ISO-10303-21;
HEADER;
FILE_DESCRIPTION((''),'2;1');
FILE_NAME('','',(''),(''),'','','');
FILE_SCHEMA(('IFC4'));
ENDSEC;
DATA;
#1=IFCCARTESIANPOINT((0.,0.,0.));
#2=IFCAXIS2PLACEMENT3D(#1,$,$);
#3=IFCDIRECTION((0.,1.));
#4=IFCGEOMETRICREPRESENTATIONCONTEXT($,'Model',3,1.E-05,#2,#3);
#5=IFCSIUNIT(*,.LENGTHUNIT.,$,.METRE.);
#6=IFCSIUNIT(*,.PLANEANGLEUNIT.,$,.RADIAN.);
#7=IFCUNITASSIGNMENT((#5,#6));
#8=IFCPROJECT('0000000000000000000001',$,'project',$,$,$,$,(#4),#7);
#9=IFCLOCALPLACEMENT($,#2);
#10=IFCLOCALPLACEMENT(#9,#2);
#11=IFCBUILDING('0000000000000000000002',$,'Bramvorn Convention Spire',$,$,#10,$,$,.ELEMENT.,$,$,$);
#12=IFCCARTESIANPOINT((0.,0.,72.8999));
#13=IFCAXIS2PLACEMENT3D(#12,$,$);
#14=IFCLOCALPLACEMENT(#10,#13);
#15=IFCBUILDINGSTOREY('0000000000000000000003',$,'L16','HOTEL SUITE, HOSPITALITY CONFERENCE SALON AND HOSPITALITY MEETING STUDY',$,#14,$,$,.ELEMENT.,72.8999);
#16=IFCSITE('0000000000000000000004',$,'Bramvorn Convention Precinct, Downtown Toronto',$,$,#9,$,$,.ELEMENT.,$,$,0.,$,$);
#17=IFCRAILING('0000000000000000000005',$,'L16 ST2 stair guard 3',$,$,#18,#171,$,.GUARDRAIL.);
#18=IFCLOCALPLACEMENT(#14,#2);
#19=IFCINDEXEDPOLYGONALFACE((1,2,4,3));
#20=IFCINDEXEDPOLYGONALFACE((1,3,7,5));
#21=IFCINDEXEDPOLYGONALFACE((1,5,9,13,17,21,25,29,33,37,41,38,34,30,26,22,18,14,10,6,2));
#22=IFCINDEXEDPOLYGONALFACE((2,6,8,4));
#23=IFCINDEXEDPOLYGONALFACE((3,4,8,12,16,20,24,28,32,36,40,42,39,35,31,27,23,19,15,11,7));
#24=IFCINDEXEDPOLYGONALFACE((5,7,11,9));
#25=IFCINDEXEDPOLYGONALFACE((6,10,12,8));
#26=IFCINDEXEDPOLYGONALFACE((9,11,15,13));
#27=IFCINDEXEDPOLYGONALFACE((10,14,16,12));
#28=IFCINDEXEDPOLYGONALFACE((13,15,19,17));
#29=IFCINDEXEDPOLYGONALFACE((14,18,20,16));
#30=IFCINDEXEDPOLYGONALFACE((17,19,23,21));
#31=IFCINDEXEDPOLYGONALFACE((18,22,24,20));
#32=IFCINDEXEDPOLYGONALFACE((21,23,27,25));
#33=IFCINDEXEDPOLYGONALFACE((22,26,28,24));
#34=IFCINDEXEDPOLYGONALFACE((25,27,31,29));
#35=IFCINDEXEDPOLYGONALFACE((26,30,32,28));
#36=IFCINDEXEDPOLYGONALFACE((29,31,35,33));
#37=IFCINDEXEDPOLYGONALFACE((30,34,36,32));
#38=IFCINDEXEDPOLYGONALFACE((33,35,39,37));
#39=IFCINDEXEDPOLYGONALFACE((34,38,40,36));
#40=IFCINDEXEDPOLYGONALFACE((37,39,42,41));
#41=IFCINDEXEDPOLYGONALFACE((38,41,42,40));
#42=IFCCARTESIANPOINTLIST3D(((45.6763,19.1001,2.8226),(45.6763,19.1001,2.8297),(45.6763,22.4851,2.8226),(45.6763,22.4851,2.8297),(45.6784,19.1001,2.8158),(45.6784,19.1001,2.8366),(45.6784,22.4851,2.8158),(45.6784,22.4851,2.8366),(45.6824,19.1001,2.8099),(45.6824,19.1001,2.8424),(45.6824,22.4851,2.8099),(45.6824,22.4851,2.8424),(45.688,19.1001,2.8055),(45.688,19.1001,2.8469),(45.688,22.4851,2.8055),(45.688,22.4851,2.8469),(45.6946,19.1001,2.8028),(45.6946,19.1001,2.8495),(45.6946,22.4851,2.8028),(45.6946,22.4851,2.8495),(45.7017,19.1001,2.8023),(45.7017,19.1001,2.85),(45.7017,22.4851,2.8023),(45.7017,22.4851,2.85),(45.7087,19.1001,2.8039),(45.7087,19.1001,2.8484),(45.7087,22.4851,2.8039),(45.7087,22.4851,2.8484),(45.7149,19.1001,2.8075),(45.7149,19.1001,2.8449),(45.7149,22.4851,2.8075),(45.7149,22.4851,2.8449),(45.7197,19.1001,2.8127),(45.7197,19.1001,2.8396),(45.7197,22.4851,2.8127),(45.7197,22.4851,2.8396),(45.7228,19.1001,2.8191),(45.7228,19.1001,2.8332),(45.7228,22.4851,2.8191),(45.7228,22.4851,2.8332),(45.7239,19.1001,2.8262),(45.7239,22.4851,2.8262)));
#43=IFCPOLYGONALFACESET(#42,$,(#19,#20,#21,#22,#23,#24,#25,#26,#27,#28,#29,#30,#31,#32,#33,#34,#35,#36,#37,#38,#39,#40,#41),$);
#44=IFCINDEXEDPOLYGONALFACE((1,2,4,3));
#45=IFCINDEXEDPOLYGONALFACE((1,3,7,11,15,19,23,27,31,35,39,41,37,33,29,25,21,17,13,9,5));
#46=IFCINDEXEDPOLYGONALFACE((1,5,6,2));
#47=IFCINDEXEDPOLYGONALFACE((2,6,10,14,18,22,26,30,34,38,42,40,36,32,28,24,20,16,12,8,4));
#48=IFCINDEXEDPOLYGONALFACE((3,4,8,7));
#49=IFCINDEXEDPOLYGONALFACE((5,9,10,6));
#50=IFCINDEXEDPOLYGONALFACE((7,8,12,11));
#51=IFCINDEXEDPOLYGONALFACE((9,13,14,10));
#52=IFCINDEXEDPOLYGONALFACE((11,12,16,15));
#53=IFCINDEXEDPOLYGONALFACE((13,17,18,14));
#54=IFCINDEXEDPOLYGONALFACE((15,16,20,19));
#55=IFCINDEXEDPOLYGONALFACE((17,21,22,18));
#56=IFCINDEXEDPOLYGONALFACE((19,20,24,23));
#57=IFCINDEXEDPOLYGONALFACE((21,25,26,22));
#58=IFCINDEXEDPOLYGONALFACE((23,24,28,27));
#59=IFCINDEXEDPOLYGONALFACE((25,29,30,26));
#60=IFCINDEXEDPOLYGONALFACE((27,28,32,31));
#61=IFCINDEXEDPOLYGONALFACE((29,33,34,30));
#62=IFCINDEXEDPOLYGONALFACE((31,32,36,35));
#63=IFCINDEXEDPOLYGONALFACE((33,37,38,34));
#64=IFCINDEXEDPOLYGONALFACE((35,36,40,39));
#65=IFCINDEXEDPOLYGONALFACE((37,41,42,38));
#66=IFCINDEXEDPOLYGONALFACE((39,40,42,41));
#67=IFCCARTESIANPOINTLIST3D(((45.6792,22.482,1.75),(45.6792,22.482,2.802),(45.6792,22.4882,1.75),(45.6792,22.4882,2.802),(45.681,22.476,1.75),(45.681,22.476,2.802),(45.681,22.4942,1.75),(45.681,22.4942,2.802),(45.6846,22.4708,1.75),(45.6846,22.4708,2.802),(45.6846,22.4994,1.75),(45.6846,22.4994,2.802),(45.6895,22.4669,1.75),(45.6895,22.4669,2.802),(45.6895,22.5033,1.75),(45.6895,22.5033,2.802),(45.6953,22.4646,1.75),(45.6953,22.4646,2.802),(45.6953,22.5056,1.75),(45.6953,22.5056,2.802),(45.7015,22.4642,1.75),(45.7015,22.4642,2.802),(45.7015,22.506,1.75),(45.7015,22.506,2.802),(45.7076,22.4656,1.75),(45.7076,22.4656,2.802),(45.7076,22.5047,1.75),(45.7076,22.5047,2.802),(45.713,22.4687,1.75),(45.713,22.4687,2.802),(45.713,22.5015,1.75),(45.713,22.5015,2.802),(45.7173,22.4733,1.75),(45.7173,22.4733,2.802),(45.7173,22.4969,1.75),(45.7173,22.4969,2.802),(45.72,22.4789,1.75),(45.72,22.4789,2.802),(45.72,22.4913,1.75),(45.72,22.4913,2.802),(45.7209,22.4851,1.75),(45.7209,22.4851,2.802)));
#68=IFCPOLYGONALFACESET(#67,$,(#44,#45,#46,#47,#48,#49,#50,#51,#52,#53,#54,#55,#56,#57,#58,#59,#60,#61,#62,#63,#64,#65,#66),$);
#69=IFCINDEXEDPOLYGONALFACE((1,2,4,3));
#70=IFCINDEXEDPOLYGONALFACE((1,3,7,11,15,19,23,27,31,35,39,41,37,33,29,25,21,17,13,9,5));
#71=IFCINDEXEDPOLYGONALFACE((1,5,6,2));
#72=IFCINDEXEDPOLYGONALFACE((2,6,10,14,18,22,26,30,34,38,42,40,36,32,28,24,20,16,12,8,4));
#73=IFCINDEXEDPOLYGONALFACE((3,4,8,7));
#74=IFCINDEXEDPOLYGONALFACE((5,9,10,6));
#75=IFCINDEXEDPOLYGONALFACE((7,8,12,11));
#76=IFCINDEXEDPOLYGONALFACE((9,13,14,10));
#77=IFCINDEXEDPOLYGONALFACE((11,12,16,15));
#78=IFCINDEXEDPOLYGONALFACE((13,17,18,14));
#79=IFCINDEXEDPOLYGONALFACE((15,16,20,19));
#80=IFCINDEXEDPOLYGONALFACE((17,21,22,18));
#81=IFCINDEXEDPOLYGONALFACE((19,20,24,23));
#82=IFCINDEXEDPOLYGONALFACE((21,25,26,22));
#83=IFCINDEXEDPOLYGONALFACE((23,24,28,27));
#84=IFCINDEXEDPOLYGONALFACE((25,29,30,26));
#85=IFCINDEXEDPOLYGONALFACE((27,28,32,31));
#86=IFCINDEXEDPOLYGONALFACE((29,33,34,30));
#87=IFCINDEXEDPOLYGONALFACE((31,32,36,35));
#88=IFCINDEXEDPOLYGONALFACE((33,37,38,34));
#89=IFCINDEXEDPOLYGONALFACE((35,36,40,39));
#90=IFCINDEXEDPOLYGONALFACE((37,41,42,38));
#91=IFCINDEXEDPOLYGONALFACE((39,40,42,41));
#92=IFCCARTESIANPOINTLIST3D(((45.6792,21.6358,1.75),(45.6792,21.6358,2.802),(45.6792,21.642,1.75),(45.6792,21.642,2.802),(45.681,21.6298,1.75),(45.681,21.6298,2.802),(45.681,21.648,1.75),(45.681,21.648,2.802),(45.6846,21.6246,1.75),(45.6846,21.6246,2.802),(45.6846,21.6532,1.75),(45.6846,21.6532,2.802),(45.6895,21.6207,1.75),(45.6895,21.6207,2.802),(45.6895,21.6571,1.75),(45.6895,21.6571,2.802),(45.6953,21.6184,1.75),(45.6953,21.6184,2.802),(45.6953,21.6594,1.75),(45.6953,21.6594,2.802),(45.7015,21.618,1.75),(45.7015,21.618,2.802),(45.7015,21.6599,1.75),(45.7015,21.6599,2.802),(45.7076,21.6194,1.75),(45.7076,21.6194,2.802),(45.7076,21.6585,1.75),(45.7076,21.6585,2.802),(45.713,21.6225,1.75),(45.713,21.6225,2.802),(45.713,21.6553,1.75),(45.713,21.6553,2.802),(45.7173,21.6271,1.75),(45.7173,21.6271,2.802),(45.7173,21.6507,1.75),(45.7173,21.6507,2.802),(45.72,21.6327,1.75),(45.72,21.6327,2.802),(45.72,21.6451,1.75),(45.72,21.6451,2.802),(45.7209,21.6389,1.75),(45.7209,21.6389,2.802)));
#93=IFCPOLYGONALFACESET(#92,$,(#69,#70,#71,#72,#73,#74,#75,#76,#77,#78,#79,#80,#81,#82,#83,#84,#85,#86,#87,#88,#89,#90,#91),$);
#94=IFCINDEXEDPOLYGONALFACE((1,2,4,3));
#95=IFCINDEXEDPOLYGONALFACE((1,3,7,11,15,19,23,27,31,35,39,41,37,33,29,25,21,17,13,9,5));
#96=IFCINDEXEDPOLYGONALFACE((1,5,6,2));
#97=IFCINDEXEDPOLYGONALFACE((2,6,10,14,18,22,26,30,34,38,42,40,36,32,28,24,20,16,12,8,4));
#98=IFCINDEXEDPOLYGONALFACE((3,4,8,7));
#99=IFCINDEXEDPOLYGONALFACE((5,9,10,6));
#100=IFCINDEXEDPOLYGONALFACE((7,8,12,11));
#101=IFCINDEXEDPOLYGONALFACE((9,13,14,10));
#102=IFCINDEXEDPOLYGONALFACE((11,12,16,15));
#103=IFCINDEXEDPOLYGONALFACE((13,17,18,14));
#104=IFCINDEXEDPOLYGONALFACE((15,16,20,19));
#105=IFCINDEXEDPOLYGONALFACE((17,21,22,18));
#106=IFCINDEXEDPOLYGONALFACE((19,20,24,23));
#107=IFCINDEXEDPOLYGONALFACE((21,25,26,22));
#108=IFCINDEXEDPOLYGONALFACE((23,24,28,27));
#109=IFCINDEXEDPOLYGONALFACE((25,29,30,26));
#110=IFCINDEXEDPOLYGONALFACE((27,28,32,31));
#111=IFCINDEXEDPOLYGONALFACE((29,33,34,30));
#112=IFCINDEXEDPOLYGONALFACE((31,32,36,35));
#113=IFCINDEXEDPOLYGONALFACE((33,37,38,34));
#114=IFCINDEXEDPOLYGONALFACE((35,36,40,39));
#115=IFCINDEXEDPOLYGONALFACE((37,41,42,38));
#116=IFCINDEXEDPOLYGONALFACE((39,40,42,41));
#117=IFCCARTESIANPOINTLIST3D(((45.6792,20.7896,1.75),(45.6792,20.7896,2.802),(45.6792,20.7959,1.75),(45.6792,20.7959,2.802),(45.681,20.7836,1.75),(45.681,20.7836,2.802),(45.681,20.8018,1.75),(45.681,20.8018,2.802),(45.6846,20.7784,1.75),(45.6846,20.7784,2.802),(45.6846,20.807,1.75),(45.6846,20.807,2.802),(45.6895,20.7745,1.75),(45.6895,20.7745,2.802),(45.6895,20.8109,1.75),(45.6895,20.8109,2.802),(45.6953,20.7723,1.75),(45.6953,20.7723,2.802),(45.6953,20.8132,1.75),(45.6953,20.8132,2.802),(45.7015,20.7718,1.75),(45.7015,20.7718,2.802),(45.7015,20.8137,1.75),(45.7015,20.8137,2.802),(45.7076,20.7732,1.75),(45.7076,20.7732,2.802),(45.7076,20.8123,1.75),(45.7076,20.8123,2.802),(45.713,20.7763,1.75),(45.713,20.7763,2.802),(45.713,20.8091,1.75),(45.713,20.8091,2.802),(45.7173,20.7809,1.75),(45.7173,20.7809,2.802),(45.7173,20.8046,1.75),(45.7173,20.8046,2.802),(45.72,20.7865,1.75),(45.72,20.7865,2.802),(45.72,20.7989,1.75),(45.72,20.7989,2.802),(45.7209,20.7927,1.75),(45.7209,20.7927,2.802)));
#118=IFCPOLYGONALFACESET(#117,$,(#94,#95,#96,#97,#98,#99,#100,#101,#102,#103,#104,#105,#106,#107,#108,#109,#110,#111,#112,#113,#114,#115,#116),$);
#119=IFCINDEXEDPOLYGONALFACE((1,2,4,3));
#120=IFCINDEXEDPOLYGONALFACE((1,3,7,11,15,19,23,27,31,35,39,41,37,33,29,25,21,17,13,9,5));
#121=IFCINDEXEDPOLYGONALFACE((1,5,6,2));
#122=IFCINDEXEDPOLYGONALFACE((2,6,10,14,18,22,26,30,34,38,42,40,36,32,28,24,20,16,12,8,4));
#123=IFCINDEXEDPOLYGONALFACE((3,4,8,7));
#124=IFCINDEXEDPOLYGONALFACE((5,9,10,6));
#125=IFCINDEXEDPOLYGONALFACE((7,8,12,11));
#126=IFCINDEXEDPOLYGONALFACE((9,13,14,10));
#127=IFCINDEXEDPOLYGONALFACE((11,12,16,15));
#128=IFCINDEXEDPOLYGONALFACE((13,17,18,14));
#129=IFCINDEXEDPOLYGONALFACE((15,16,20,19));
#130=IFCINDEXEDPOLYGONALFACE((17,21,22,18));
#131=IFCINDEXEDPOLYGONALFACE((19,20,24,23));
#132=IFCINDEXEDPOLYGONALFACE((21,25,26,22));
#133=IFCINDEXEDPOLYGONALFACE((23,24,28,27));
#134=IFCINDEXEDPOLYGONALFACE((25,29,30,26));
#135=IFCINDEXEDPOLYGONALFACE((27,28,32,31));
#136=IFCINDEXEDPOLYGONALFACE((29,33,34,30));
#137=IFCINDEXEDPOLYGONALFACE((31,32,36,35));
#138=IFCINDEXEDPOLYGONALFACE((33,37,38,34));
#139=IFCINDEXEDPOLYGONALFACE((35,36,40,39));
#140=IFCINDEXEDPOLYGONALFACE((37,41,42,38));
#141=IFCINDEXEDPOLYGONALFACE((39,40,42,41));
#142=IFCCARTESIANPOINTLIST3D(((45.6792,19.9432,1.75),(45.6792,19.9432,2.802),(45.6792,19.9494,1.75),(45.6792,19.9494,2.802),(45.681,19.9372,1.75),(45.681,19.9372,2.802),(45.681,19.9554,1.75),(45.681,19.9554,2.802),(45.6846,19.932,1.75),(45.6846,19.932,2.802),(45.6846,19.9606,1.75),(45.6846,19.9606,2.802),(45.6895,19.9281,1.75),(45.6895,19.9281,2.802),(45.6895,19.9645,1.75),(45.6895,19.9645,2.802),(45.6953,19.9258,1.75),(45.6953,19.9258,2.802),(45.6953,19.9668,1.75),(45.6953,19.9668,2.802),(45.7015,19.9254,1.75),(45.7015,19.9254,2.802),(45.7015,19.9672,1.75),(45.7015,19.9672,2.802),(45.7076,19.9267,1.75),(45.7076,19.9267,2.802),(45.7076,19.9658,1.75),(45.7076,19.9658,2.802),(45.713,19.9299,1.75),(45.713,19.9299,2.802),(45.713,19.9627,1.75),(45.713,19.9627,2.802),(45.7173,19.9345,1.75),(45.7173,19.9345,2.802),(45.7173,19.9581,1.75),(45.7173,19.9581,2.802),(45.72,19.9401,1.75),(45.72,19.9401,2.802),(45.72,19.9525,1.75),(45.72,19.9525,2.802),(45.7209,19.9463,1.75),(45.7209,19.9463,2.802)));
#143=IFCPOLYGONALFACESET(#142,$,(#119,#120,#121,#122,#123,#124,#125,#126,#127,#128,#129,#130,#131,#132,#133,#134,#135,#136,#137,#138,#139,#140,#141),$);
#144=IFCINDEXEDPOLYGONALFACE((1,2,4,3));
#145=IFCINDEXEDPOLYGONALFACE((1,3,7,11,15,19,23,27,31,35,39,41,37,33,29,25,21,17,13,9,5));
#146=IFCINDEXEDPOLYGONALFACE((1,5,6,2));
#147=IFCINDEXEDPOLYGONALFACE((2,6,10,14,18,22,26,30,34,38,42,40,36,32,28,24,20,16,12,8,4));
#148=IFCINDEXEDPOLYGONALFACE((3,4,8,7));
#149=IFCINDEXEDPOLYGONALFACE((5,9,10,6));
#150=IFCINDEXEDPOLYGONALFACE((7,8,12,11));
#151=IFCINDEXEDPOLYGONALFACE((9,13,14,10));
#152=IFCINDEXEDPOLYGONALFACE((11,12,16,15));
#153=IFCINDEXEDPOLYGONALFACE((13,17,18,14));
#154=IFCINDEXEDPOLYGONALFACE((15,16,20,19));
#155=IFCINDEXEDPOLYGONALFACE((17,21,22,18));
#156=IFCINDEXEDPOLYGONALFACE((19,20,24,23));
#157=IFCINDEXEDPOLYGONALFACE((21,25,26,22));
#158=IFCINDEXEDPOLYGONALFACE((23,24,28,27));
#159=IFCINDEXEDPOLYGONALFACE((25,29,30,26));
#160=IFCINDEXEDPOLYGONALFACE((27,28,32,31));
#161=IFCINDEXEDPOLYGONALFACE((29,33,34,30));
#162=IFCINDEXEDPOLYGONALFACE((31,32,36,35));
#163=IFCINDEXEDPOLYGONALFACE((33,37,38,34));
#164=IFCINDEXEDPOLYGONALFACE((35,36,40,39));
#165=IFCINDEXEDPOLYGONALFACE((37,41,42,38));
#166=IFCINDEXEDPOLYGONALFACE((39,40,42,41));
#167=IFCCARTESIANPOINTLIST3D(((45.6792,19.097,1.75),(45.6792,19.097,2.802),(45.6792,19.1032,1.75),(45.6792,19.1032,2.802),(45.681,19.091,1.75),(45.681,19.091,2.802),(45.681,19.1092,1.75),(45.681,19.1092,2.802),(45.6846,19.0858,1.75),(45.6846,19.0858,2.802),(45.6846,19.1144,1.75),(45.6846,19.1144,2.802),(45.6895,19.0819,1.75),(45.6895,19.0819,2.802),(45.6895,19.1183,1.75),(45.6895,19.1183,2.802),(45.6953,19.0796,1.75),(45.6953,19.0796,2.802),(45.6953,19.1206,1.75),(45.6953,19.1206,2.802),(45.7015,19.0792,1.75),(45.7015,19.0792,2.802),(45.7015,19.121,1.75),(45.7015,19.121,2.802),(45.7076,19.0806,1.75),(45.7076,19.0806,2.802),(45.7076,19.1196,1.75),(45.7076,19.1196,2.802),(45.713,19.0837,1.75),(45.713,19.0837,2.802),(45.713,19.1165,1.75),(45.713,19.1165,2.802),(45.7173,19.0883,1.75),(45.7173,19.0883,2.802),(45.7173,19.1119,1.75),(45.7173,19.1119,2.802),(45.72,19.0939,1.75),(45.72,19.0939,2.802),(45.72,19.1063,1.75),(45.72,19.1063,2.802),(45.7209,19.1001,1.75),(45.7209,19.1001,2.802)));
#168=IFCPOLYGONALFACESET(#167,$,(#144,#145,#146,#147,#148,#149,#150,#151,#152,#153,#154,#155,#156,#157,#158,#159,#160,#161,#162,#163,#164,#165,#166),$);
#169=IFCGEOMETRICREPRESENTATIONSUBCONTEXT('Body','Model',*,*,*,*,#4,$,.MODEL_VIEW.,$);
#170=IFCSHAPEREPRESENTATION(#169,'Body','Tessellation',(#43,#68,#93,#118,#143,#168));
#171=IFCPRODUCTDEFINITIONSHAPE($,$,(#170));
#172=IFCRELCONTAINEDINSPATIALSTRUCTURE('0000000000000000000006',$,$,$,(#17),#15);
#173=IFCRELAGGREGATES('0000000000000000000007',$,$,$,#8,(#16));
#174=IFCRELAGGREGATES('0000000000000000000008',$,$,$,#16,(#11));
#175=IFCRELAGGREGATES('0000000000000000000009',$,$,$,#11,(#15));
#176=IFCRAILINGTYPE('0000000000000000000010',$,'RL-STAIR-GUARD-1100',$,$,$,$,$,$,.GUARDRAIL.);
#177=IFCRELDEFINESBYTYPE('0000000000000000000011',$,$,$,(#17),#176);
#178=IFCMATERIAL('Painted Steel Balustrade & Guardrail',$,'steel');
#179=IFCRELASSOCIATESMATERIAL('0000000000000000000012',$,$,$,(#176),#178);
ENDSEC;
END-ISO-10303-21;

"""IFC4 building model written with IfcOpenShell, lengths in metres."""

from ifc_helpers import new_model, si_unit, direction, frame, origin, origin_2d, place, context, subcontext, project, spatial, circle, extrude, material, type_object, element, save


model = new_model("IFC4")

# Units and contexts
model_context = context("Model", 3, precision=1e-05, world=origin(), true_north=direction((0.0, 1.0)))
body_context = subcontext(model_context, "Body", "Model", "MODEL_VIEW")
ifc_project = project(units=[si_unit("LENGTHUNIT", "METRE"), si_unit("PLANEANGLEUNIT", "RADIAN")], contexts=[model_context])

# Site, building, storey
site_placement = place(None, origin())
site = spatial("IfcSite", under=ifc_project, at=site_placement, Name="Bramvorn Convention Precinct, Downtown Toronto", CompositionType="ELEMENT", RefElevation=0.0)
building_placement = place(site_placement, origin())
building = spatial("IfcBuilding", under=site, at=building_placement, Name="Bramvorn Convention Spire", CompositionType="ELEMENT")
storey_placement = place(building_placement, frame((0.0, 0.0, 72.8999)))
storey = spatial("IfcBuildingStorey", under=building, at=storey_placement, Name="L16", Description="HOTEL SUITE, HOSPITALITY CONFERENCE SALON AND HOSPITALITY MEETING STUDY", CompositionType="ELEMENT", Elevation=72.8999)

# Railing
ifc_material_1 = material(Name="Painted Steel Balustrade & Guardrail", Category="steel")
railing_type_1 = type_object("IfcRailingType", Name="RL-STAIR-GUARD-1100", PredefinedType="GUARDRAIL", material=ifc_material_1)
railing_1_placement = place(storey_placement, frame((45.7, 22.4851, 1.75)))
element("IfcRailing", 1, at=railing_1_placement, inside=storey, type_object=railing_type_1, Name="L16 ST2 stair guard 3", PredefinedType="GUARDRAIL", context=body_context, shape_type="SweptSolid", body=[
    extrude(circle(Radius=0.0239, at=origin_2d()), frame((0.0, 0.0, 1.0762), z_axis=(0.0, -1.0, 0.0), x_axis=(1.0, 0.0, 0.0)), (0.0, 0.0, 1.0), 3.385),
    extrude(circle(Radius=0.021, at=origin_2d()), origin(), (0.0, 0.0, 1.0), 1.052),
    extrude(circle(Radius=0.021, at=origin_2d()), frame((0.0, -0.8462, 0.0)), (0.0, 0.0, 1.0), 1.052),
    extrude(circle(Radius=0.021, at=origin_2d()), frame((0.0, -1.6924, 0.0)), (0.0, 0.0, 1.0), 1.052),
    extrude(circle(Radius=0.021, at=origin_2d()), frame((0.0, -2.5388, 0.0)), (0.0, 0.0, 1.0), 1.052),
    extrude(circle(Radius=0.021, at=origin_2d()), frame((0.0, -3.385, 0.0)), (0.0, 0.0, 1.0), 1.052),
])

save(model, "model.ifc")
